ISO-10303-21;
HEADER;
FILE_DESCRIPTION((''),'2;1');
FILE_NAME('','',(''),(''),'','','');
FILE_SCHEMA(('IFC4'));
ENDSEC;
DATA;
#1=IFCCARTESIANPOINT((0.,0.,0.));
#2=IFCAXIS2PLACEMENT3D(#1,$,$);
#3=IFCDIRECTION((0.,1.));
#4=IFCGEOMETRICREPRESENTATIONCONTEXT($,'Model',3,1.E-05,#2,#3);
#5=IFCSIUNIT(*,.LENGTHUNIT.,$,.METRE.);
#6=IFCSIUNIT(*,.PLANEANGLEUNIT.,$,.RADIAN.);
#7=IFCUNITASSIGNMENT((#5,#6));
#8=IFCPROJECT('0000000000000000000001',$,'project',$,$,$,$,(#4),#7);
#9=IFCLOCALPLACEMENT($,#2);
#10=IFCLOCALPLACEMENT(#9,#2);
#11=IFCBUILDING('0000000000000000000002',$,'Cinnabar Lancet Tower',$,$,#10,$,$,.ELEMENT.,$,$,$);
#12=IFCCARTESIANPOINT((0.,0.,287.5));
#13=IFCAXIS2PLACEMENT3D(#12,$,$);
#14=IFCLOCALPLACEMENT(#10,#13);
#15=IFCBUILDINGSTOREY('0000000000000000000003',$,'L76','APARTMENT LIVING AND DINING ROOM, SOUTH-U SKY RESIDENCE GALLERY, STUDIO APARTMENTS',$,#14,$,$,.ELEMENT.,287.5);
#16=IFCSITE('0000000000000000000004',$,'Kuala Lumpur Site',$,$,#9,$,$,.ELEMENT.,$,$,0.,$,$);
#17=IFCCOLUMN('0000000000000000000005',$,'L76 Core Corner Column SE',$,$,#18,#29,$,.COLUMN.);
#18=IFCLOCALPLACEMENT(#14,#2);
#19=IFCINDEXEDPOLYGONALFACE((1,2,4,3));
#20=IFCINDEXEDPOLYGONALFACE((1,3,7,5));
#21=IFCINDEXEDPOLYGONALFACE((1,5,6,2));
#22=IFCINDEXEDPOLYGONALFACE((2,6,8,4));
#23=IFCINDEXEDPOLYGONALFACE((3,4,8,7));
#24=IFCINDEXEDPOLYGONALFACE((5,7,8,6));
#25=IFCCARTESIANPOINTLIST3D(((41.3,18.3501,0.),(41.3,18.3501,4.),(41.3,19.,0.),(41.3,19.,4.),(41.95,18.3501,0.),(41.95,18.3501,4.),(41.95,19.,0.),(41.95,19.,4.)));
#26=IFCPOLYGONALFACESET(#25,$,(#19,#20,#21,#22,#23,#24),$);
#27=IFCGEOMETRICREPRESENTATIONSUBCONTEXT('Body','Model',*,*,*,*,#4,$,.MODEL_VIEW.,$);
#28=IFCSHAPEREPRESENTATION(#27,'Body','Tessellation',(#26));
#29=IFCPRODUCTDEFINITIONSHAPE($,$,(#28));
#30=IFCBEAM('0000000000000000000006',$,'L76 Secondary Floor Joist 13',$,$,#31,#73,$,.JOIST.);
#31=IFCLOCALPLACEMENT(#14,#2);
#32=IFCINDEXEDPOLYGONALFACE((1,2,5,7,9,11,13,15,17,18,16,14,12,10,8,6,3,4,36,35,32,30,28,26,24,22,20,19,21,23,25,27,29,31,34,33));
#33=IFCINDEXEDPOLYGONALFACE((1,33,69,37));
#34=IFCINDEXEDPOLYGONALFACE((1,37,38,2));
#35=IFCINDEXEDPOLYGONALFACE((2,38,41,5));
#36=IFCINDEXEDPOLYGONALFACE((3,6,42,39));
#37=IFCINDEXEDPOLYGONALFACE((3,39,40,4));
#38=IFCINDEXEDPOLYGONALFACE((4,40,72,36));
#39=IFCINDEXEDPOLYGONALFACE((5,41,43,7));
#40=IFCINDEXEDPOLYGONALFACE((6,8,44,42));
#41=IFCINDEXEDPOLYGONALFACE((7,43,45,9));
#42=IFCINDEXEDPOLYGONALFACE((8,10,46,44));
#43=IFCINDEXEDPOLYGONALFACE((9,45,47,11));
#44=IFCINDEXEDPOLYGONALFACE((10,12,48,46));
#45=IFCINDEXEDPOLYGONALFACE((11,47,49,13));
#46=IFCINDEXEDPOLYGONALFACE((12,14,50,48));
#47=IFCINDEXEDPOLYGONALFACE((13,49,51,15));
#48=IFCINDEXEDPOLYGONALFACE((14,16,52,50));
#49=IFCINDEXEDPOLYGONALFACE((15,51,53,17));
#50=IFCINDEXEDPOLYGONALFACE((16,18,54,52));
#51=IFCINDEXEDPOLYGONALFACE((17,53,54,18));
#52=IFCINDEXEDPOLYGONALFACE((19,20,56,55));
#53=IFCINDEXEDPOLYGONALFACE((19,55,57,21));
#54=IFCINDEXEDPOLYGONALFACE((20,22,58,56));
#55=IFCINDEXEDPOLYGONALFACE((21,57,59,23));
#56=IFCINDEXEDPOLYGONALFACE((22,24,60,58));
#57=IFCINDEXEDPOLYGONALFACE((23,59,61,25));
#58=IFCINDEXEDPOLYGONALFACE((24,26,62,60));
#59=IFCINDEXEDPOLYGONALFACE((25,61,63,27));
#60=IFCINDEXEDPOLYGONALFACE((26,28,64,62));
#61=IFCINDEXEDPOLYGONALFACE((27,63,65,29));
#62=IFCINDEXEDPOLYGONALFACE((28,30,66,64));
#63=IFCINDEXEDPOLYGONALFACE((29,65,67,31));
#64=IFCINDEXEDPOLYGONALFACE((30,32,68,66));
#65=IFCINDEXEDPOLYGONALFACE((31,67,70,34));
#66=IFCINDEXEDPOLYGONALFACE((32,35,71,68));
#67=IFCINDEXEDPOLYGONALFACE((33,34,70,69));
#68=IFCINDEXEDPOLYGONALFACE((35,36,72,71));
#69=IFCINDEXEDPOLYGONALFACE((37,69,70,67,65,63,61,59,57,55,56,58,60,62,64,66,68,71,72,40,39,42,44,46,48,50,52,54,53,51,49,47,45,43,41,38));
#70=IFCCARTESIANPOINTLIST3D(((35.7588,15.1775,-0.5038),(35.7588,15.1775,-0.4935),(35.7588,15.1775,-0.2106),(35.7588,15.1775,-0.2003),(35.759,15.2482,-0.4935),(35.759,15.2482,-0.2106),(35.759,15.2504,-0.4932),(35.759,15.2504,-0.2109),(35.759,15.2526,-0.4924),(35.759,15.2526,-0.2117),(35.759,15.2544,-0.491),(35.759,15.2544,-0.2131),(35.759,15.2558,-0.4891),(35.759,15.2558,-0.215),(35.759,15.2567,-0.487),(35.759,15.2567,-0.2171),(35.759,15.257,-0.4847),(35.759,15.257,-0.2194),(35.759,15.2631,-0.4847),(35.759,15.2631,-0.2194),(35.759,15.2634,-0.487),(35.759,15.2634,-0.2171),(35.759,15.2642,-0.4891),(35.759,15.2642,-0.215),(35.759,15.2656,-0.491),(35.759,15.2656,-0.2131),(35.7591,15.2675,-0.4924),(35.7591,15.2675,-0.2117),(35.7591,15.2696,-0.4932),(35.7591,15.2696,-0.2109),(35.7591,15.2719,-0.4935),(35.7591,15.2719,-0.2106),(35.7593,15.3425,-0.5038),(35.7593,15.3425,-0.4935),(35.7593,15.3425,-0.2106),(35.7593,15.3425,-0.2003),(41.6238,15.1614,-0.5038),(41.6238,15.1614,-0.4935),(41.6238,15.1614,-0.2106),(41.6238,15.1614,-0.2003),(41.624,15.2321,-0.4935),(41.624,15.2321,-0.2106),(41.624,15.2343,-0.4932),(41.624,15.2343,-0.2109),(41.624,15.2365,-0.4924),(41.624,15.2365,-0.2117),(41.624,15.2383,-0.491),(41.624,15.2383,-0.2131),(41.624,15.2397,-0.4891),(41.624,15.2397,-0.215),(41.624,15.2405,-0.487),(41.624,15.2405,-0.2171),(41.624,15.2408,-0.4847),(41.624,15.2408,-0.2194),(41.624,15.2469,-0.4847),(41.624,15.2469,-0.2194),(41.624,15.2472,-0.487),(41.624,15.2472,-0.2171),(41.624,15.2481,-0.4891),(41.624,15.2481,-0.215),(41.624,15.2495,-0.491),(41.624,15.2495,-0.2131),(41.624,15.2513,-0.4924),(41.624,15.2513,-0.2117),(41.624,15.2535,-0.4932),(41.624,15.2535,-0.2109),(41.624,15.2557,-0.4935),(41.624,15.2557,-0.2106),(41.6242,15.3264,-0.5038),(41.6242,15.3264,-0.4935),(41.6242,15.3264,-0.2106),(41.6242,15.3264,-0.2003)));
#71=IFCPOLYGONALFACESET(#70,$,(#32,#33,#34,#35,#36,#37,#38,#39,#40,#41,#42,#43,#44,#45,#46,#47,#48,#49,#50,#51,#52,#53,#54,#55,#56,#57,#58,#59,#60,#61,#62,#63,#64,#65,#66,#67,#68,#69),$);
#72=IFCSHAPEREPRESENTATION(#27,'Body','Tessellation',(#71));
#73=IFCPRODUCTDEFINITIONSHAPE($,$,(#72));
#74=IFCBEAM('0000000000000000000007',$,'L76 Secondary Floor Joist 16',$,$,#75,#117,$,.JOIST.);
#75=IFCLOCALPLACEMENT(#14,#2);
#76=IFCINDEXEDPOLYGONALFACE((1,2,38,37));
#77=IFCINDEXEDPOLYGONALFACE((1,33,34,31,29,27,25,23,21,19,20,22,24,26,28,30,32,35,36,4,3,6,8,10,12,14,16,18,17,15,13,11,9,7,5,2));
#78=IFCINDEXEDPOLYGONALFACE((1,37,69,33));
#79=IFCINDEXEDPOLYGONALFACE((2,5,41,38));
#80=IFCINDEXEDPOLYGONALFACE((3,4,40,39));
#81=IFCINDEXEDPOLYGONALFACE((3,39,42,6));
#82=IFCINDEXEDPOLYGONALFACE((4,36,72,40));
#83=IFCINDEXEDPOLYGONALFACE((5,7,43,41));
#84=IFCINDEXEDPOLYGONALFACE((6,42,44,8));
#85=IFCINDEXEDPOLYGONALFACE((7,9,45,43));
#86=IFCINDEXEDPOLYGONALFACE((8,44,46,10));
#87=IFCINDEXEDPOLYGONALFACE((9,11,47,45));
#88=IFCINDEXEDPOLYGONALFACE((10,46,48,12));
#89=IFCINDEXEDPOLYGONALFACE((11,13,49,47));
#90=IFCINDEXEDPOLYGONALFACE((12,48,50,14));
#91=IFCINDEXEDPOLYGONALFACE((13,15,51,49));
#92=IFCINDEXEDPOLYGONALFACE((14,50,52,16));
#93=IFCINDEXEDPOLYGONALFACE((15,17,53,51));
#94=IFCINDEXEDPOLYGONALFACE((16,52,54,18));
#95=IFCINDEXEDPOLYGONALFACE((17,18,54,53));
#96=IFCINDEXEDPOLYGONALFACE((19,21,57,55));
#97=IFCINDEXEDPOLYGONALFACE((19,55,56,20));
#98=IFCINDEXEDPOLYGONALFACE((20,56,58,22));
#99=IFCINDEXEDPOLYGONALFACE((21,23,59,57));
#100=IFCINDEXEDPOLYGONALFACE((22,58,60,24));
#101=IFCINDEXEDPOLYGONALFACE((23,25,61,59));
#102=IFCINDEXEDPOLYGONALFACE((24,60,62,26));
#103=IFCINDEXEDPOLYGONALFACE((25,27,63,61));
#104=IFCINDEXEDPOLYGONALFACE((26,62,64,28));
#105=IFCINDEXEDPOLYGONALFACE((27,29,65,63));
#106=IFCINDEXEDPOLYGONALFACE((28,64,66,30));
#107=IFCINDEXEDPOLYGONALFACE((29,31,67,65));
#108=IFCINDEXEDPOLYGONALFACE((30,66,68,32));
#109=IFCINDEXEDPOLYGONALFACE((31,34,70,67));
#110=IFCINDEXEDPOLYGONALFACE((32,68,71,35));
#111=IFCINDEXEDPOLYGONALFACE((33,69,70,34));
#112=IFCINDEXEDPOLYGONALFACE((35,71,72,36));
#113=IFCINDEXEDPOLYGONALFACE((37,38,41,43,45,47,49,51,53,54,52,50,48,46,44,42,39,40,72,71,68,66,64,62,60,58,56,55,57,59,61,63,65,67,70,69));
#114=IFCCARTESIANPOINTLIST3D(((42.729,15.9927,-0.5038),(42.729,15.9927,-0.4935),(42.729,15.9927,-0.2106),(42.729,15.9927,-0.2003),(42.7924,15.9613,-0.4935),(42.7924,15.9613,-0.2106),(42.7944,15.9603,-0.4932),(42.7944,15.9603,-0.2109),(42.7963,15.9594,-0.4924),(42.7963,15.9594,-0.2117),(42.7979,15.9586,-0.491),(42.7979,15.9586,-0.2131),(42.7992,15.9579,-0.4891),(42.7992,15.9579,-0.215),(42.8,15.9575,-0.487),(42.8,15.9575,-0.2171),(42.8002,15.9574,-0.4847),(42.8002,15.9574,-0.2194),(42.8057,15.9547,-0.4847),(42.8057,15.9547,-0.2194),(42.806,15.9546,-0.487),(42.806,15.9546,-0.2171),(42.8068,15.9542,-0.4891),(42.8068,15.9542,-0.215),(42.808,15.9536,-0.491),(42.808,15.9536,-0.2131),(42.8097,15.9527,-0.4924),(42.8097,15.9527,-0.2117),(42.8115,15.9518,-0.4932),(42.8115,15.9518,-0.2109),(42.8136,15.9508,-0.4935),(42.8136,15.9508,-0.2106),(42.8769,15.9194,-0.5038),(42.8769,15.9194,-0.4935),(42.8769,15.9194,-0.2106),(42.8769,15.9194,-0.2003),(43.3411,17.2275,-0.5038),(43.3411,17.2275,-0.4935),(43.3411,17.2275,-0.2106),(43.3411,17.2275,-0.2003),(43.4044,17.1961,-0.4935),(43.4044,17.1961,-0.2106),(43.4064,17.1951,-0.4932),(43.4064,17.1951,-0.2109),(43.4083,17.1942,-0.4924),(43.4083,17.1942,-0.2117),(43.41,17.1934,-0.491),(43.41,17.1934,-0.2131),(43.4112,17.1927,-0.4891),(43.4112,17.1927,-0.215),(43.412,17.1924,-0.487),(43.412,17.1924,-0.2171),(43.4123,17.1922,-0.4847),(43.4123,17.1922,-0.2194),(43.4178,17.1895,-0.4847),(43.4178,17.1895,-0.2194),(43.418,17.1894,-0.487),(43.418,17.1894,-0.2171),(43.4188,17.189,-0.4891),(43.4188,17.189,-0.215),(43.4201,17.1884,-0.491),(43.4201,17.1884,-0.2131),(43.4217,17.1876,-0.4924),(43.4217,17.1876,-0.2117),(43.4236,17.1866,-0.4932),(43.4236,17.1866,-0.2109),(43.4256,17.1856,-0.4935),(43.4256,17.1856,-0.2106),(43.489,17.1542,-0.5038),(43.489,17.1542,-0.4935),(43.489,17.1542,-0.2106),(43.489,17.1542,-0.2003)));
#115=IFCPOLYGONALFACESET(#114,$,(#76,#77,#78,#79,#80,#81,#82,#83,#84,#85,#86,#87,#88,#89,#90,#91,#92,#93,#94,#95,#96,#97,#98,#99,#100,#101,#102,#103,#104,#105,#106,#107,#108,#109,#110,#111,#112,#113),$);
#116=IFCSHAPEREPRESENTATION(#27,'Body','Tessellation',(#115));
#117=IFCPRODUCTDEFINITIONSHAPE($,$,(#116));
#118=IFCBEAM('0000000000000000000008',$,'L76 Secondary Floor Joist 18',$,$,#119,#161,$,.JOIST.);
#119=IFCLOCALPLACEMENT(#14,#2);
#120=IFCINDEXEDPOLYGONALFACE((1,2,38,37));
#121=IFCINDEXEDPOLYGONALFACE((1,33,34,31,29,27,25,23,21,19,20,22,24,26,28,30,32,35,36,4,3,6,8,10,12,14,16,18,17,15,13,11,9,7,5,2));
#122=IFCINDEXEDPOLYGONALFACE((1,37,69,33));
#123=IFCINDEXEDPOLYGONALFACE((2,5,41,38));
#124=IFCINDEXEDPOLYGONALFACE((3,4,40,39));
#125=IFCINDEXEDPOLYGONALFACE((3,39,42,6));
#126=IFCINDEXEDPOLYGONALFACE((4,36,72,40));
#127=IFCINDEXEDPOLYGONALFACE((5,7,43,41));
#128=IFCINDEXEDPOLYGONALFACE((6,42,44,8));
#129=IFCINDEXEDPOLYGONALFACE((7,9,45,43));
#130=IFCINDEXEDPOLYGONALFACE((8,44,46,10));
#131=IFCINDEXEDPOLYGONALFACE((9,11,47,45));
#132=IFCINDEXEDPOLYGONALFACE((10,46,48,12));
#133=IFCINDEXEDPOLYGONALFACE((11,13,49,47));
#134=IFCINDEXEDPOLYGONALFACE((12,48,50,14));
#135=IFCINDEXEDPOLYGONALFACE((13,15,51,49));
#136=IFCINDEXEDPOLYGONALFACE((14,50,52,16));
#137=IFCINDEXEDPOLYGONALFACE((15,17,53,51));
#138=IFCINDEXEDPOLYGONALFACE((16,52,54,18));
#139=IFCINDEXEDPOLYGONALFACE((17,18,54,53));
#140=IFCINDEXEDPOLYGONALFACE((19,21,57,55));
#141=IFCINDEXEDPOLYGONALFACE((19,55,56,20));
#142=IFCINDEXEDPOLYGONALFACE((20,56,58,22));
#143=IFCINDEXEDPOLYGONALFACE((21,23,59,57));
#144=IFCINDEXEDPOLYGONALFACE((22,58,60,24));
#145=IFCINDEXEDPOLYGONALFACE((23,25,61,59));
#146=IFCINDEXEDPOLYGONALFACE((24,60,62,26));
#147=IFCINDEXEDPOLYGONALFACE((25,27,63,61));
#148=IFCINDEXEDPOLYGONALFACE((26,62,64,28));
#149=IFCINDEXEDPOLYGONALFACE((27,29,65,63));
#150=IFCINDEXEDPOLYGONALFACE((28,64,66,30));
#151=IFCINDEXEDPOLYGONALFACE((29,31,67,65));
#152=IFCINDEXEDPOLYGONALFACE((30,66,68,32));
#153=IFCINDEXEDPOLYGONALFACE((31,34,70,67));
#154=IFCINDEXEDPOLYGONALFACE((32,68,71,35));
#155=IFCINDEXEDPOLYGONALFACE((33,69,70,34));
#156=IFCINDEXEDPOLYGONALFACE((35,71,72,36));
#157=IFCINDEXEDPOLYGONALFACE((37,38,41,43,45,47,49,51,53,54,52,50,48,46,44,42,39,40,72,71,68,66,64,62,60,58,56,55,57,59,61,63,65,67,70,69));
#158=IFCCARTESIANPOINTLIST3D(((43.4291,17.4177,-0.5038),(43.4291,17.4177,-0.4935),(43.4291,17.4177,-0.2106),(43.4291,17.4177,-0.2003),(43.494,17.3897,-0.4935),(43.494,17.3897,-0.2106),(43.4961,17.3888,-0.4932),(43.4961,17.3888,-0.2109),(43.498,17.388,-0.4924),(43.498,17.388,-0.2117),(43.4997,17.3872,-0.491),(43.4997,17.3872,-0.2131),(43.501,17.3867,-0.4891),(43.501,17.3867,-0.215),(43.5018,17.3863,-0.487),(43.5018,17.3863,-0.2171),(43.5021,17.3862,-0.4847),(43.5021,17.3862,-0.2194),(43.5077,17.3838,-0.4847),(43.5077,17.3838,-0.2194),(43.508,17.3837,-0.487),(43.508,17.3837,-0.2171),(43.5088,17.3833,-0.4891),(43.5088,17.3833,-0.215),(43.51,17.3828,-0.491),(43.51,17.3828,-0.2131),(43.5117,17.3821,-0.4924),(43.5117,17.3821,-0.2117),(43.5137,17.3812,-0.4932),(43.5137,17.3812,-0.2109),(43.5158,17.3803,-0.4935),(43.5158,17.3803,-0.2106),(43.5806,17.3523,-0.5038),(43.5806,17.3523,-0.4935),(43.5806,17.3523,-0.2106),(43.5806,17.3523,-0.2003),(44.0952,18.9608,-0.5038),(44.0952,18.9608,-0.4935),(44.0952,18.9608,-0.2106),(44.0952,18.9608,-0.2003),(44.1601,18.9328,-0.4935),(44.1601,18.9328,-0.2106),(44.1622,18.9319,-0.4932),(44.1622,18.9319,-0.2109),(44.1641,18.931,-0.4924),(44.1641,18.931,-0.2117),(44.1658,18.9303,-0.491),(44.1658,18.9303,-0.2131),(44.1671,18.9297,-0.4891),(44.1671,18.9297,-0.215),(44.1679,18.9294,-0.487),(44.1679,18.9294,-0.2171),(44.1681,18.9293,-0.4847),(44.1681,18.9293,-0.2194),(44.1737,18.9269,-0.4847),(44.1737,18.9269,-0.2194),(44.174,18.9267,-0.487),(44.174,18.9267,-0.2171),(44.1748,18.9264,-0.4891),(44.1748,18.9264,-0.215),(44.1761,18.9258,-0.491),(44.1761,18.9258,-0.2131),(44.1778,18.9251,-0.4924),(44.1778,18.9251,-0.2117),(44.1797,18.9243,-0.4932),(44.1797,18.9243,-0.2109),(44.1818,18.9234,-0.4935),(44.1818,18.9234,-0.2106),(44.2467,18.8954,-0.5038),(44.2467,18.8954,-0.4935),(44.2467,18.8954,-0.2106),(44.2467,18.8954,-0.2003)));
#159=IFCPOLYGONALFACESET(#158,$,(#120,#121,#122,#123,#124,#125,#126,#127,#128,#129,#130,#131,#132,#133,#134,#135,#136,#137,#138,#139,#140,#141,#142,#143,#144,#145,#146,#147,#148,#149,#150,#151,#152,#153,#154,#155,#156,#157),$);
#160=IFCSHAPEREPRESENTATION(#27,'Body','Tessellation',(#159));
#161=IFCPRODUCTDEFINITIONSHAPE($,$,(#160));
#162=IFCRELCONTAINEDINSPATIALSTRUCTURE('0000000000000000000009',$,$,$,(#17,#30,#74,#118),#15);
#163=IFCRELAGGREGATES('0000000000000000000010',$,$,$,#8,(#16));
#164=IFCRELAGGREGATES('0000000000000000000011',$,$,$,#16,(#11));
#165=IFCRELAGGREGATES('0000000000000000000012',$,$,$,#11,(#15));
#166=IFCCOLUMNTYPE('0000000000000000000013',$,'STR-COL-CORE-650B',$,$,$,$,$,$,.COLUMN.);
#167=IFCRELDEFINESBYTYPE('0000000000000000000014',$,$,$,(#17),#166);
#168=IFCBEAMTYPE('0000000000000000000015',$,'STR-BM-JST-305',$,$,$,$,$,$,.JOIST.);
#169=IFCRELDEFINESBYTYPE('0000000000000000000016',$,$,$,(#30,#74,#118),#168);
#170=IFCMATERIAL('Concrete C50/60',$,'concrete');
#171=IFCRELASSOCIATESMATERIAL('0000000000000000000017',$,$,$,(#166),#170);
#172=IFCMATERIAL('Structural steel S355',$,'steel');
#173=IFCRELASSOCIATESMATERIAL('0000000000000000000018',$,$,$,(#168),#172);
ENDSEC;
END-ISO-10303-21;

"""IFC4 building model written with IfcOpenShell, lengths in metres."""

from ifc_helpers import new_model, si_unit, direction, frame, origin, origin_2d, place, context, subcontext, project, spatial, rectangle, i_section, extrude, material, material_profile, profile_set, type_object, element, save


model = new_model("IFC4")

# Units and contexts
model_context = context("Model", 3, precision=1e-05, world=origin(), true_north=direction((0.0, 1.0)))
body_context = subcontext(model_context, "Body", "Model", "MODEL_VIEW")
ifc_project = project(units=[si_unit("LENGTHUNIT", "METRE"), si_unit("PLANEANGLEUNIT", "RADIAN")], contexts=[model_context])

# Site, building, storey
site_placement = place(None, origin())
site = spatial("IfcSite", under=ifc_project, at=site_placement, Name="Kuala Lumpur Site", CompositionType="ELEMENT", RefElevation=0.0)
building_placement = place(site_placement, origin())
building = spatial("IfcBuilding", under=site, at=building_placement, Name="Cinnabar Lancet Tower", CompositionType="ELEMENT")
storey_placement = place(building_placement, frame((0.0, 0.0, 287.5)))
storey = spatial("IfcBuildingStorey", under=building, at=storey_placement, Name="L76", Description="APARTMENT LIVING AND DINING ROOM, SOUTH-U SKY RESIDENCE GALLERY, STUDIO APARTMENTS", CompositionType="ELEMENT", Elevation=287.5)

# Column
ifc_material_1 = material(Name="Concrete C50/60", Category="concrete")
ifc_material_profile_1 = material_profile(ifc_material_1, rectangle(XDim=0.6499, YDim=0.6499, at=origin_2d()), Name="RC-COL 650x650")
ifc_profile_set_1 = profile_set([ifc_material_profile_1], Name="Concrete C50/60")
column_type = type_object("IfcColumnType", Name="STR-COL-CORE-650B", PredefinedType="COLUMN", material=ifc_profile_set_1)
column_placement = place(storey_placement, frame((41.625, 18.675, 0.0), z_axis=(0.0, 0.0, 1.0), x_axis=(1.0, 0.0, 0.0)))
element("IfcColumn", 1, at=column_placement, inside=storey, type_object=column_type, Name="L76 Core Corner Column SE", PredefinedType="COLUMN", context=body_context, shape_type="SweptSolid", body=[
    extrude(rectangle(XDim=0.6499, YDim=0.6499, at=origin_2d()), origin(), (0.0, 0.0, 1.0), 4.0),
])

# Beams
ifc_material_2 = material(Name="Structural steel S355", Category="steel")
ifc_material_profile_2 = material_profile(ifc_material_2, i_section(OverallWidth=0.165, OverallDepth=0.3035, WebThickness=0.0061, FlangeThickness=0.0103, FilletRadius=0.0088, at=origin_2d()), Name="UKB 305x165x40")
ifc_profile_set_2 = profile_set([ifc_material_profile_2], Name="Structural steel S355")
beam_type_1 = type_object("IfcBeamType", Name="STR-BM-JST-305", PredefinedType="JOIST", material=ifc_profile_set_2)
beam_1_placement = place(storey_placement, frame((35.759, 15.26, -0.3521), z_axis=(0.999996, -0.002747, 0.0), x_axis=(0.002747, 0.999996, 0.0)))
element("IfcBeam", 2, at=beam_1_placement, inside=storey, type_object=beam_type_1, Name="L76 Secondary Floor Joist 13", PredefinedType="JOIST", context=body_context, shape_type="SweptSolid", body=[
    extrude(i_section(OverallWidth=0.165, OverallDepth=0.3035, WebThickness=0.0061, FlangeThickness=0.0103, FilletRadius=0.0088, at=origin_2d()), origin(), (0.0, 0.0, 1.0), 5.865),
])
beam_2_placement = place(storey_placement, frame((42.803, 15.9561, -0.3521), z_axis=(0.444093, 0.895981, 0.0), x_axis=(-0.895981, 0.444093, 0.0)))
element("IfcBeam", 3, at=beam_2_placement, inside=storey, type_object=beam_type_1, Name="L76 Secondary Floor Joist 16", PredefinedType="JOIST", context=body_context, shape_type="SweptSolid", body=[
    extrude(i_section(OverallWidth=0.165, OverallDepth=0.3035, WebThickness=0.0061, FlangeThickness=0.0103, FilletRadius=0.0088, at=origin_2d()), origin(), (0.0, 0.0, 1.0), 1.3782),
])
beam_3_placement = place(storey_placement, frame((43.5049, 17.385, -0.3521), z_axis=(0.396302, 0.91812, 0.0), x_axis=(-0.91812, 0.396302, 0.0)))
element("IfcBeam", 4, at=beam_3_placement, inside=storey, type_object=beam_type_1, Name="L76 Secondary Floor Joist 18", PredefinedType="JOIST", context=body_context, shape_type="SweptSolid", body=[
    extrude(i_section(OverallWidth=0.165, OverallDepth=0.3035, WebThickness=0.0061, FlangeThickness=0.0103, FilletRadius=0.0088, at=origin_2d()), origin(), (0.0, 0.0, 1.0), 1.6807),
])

save(model, "model.ifc")
